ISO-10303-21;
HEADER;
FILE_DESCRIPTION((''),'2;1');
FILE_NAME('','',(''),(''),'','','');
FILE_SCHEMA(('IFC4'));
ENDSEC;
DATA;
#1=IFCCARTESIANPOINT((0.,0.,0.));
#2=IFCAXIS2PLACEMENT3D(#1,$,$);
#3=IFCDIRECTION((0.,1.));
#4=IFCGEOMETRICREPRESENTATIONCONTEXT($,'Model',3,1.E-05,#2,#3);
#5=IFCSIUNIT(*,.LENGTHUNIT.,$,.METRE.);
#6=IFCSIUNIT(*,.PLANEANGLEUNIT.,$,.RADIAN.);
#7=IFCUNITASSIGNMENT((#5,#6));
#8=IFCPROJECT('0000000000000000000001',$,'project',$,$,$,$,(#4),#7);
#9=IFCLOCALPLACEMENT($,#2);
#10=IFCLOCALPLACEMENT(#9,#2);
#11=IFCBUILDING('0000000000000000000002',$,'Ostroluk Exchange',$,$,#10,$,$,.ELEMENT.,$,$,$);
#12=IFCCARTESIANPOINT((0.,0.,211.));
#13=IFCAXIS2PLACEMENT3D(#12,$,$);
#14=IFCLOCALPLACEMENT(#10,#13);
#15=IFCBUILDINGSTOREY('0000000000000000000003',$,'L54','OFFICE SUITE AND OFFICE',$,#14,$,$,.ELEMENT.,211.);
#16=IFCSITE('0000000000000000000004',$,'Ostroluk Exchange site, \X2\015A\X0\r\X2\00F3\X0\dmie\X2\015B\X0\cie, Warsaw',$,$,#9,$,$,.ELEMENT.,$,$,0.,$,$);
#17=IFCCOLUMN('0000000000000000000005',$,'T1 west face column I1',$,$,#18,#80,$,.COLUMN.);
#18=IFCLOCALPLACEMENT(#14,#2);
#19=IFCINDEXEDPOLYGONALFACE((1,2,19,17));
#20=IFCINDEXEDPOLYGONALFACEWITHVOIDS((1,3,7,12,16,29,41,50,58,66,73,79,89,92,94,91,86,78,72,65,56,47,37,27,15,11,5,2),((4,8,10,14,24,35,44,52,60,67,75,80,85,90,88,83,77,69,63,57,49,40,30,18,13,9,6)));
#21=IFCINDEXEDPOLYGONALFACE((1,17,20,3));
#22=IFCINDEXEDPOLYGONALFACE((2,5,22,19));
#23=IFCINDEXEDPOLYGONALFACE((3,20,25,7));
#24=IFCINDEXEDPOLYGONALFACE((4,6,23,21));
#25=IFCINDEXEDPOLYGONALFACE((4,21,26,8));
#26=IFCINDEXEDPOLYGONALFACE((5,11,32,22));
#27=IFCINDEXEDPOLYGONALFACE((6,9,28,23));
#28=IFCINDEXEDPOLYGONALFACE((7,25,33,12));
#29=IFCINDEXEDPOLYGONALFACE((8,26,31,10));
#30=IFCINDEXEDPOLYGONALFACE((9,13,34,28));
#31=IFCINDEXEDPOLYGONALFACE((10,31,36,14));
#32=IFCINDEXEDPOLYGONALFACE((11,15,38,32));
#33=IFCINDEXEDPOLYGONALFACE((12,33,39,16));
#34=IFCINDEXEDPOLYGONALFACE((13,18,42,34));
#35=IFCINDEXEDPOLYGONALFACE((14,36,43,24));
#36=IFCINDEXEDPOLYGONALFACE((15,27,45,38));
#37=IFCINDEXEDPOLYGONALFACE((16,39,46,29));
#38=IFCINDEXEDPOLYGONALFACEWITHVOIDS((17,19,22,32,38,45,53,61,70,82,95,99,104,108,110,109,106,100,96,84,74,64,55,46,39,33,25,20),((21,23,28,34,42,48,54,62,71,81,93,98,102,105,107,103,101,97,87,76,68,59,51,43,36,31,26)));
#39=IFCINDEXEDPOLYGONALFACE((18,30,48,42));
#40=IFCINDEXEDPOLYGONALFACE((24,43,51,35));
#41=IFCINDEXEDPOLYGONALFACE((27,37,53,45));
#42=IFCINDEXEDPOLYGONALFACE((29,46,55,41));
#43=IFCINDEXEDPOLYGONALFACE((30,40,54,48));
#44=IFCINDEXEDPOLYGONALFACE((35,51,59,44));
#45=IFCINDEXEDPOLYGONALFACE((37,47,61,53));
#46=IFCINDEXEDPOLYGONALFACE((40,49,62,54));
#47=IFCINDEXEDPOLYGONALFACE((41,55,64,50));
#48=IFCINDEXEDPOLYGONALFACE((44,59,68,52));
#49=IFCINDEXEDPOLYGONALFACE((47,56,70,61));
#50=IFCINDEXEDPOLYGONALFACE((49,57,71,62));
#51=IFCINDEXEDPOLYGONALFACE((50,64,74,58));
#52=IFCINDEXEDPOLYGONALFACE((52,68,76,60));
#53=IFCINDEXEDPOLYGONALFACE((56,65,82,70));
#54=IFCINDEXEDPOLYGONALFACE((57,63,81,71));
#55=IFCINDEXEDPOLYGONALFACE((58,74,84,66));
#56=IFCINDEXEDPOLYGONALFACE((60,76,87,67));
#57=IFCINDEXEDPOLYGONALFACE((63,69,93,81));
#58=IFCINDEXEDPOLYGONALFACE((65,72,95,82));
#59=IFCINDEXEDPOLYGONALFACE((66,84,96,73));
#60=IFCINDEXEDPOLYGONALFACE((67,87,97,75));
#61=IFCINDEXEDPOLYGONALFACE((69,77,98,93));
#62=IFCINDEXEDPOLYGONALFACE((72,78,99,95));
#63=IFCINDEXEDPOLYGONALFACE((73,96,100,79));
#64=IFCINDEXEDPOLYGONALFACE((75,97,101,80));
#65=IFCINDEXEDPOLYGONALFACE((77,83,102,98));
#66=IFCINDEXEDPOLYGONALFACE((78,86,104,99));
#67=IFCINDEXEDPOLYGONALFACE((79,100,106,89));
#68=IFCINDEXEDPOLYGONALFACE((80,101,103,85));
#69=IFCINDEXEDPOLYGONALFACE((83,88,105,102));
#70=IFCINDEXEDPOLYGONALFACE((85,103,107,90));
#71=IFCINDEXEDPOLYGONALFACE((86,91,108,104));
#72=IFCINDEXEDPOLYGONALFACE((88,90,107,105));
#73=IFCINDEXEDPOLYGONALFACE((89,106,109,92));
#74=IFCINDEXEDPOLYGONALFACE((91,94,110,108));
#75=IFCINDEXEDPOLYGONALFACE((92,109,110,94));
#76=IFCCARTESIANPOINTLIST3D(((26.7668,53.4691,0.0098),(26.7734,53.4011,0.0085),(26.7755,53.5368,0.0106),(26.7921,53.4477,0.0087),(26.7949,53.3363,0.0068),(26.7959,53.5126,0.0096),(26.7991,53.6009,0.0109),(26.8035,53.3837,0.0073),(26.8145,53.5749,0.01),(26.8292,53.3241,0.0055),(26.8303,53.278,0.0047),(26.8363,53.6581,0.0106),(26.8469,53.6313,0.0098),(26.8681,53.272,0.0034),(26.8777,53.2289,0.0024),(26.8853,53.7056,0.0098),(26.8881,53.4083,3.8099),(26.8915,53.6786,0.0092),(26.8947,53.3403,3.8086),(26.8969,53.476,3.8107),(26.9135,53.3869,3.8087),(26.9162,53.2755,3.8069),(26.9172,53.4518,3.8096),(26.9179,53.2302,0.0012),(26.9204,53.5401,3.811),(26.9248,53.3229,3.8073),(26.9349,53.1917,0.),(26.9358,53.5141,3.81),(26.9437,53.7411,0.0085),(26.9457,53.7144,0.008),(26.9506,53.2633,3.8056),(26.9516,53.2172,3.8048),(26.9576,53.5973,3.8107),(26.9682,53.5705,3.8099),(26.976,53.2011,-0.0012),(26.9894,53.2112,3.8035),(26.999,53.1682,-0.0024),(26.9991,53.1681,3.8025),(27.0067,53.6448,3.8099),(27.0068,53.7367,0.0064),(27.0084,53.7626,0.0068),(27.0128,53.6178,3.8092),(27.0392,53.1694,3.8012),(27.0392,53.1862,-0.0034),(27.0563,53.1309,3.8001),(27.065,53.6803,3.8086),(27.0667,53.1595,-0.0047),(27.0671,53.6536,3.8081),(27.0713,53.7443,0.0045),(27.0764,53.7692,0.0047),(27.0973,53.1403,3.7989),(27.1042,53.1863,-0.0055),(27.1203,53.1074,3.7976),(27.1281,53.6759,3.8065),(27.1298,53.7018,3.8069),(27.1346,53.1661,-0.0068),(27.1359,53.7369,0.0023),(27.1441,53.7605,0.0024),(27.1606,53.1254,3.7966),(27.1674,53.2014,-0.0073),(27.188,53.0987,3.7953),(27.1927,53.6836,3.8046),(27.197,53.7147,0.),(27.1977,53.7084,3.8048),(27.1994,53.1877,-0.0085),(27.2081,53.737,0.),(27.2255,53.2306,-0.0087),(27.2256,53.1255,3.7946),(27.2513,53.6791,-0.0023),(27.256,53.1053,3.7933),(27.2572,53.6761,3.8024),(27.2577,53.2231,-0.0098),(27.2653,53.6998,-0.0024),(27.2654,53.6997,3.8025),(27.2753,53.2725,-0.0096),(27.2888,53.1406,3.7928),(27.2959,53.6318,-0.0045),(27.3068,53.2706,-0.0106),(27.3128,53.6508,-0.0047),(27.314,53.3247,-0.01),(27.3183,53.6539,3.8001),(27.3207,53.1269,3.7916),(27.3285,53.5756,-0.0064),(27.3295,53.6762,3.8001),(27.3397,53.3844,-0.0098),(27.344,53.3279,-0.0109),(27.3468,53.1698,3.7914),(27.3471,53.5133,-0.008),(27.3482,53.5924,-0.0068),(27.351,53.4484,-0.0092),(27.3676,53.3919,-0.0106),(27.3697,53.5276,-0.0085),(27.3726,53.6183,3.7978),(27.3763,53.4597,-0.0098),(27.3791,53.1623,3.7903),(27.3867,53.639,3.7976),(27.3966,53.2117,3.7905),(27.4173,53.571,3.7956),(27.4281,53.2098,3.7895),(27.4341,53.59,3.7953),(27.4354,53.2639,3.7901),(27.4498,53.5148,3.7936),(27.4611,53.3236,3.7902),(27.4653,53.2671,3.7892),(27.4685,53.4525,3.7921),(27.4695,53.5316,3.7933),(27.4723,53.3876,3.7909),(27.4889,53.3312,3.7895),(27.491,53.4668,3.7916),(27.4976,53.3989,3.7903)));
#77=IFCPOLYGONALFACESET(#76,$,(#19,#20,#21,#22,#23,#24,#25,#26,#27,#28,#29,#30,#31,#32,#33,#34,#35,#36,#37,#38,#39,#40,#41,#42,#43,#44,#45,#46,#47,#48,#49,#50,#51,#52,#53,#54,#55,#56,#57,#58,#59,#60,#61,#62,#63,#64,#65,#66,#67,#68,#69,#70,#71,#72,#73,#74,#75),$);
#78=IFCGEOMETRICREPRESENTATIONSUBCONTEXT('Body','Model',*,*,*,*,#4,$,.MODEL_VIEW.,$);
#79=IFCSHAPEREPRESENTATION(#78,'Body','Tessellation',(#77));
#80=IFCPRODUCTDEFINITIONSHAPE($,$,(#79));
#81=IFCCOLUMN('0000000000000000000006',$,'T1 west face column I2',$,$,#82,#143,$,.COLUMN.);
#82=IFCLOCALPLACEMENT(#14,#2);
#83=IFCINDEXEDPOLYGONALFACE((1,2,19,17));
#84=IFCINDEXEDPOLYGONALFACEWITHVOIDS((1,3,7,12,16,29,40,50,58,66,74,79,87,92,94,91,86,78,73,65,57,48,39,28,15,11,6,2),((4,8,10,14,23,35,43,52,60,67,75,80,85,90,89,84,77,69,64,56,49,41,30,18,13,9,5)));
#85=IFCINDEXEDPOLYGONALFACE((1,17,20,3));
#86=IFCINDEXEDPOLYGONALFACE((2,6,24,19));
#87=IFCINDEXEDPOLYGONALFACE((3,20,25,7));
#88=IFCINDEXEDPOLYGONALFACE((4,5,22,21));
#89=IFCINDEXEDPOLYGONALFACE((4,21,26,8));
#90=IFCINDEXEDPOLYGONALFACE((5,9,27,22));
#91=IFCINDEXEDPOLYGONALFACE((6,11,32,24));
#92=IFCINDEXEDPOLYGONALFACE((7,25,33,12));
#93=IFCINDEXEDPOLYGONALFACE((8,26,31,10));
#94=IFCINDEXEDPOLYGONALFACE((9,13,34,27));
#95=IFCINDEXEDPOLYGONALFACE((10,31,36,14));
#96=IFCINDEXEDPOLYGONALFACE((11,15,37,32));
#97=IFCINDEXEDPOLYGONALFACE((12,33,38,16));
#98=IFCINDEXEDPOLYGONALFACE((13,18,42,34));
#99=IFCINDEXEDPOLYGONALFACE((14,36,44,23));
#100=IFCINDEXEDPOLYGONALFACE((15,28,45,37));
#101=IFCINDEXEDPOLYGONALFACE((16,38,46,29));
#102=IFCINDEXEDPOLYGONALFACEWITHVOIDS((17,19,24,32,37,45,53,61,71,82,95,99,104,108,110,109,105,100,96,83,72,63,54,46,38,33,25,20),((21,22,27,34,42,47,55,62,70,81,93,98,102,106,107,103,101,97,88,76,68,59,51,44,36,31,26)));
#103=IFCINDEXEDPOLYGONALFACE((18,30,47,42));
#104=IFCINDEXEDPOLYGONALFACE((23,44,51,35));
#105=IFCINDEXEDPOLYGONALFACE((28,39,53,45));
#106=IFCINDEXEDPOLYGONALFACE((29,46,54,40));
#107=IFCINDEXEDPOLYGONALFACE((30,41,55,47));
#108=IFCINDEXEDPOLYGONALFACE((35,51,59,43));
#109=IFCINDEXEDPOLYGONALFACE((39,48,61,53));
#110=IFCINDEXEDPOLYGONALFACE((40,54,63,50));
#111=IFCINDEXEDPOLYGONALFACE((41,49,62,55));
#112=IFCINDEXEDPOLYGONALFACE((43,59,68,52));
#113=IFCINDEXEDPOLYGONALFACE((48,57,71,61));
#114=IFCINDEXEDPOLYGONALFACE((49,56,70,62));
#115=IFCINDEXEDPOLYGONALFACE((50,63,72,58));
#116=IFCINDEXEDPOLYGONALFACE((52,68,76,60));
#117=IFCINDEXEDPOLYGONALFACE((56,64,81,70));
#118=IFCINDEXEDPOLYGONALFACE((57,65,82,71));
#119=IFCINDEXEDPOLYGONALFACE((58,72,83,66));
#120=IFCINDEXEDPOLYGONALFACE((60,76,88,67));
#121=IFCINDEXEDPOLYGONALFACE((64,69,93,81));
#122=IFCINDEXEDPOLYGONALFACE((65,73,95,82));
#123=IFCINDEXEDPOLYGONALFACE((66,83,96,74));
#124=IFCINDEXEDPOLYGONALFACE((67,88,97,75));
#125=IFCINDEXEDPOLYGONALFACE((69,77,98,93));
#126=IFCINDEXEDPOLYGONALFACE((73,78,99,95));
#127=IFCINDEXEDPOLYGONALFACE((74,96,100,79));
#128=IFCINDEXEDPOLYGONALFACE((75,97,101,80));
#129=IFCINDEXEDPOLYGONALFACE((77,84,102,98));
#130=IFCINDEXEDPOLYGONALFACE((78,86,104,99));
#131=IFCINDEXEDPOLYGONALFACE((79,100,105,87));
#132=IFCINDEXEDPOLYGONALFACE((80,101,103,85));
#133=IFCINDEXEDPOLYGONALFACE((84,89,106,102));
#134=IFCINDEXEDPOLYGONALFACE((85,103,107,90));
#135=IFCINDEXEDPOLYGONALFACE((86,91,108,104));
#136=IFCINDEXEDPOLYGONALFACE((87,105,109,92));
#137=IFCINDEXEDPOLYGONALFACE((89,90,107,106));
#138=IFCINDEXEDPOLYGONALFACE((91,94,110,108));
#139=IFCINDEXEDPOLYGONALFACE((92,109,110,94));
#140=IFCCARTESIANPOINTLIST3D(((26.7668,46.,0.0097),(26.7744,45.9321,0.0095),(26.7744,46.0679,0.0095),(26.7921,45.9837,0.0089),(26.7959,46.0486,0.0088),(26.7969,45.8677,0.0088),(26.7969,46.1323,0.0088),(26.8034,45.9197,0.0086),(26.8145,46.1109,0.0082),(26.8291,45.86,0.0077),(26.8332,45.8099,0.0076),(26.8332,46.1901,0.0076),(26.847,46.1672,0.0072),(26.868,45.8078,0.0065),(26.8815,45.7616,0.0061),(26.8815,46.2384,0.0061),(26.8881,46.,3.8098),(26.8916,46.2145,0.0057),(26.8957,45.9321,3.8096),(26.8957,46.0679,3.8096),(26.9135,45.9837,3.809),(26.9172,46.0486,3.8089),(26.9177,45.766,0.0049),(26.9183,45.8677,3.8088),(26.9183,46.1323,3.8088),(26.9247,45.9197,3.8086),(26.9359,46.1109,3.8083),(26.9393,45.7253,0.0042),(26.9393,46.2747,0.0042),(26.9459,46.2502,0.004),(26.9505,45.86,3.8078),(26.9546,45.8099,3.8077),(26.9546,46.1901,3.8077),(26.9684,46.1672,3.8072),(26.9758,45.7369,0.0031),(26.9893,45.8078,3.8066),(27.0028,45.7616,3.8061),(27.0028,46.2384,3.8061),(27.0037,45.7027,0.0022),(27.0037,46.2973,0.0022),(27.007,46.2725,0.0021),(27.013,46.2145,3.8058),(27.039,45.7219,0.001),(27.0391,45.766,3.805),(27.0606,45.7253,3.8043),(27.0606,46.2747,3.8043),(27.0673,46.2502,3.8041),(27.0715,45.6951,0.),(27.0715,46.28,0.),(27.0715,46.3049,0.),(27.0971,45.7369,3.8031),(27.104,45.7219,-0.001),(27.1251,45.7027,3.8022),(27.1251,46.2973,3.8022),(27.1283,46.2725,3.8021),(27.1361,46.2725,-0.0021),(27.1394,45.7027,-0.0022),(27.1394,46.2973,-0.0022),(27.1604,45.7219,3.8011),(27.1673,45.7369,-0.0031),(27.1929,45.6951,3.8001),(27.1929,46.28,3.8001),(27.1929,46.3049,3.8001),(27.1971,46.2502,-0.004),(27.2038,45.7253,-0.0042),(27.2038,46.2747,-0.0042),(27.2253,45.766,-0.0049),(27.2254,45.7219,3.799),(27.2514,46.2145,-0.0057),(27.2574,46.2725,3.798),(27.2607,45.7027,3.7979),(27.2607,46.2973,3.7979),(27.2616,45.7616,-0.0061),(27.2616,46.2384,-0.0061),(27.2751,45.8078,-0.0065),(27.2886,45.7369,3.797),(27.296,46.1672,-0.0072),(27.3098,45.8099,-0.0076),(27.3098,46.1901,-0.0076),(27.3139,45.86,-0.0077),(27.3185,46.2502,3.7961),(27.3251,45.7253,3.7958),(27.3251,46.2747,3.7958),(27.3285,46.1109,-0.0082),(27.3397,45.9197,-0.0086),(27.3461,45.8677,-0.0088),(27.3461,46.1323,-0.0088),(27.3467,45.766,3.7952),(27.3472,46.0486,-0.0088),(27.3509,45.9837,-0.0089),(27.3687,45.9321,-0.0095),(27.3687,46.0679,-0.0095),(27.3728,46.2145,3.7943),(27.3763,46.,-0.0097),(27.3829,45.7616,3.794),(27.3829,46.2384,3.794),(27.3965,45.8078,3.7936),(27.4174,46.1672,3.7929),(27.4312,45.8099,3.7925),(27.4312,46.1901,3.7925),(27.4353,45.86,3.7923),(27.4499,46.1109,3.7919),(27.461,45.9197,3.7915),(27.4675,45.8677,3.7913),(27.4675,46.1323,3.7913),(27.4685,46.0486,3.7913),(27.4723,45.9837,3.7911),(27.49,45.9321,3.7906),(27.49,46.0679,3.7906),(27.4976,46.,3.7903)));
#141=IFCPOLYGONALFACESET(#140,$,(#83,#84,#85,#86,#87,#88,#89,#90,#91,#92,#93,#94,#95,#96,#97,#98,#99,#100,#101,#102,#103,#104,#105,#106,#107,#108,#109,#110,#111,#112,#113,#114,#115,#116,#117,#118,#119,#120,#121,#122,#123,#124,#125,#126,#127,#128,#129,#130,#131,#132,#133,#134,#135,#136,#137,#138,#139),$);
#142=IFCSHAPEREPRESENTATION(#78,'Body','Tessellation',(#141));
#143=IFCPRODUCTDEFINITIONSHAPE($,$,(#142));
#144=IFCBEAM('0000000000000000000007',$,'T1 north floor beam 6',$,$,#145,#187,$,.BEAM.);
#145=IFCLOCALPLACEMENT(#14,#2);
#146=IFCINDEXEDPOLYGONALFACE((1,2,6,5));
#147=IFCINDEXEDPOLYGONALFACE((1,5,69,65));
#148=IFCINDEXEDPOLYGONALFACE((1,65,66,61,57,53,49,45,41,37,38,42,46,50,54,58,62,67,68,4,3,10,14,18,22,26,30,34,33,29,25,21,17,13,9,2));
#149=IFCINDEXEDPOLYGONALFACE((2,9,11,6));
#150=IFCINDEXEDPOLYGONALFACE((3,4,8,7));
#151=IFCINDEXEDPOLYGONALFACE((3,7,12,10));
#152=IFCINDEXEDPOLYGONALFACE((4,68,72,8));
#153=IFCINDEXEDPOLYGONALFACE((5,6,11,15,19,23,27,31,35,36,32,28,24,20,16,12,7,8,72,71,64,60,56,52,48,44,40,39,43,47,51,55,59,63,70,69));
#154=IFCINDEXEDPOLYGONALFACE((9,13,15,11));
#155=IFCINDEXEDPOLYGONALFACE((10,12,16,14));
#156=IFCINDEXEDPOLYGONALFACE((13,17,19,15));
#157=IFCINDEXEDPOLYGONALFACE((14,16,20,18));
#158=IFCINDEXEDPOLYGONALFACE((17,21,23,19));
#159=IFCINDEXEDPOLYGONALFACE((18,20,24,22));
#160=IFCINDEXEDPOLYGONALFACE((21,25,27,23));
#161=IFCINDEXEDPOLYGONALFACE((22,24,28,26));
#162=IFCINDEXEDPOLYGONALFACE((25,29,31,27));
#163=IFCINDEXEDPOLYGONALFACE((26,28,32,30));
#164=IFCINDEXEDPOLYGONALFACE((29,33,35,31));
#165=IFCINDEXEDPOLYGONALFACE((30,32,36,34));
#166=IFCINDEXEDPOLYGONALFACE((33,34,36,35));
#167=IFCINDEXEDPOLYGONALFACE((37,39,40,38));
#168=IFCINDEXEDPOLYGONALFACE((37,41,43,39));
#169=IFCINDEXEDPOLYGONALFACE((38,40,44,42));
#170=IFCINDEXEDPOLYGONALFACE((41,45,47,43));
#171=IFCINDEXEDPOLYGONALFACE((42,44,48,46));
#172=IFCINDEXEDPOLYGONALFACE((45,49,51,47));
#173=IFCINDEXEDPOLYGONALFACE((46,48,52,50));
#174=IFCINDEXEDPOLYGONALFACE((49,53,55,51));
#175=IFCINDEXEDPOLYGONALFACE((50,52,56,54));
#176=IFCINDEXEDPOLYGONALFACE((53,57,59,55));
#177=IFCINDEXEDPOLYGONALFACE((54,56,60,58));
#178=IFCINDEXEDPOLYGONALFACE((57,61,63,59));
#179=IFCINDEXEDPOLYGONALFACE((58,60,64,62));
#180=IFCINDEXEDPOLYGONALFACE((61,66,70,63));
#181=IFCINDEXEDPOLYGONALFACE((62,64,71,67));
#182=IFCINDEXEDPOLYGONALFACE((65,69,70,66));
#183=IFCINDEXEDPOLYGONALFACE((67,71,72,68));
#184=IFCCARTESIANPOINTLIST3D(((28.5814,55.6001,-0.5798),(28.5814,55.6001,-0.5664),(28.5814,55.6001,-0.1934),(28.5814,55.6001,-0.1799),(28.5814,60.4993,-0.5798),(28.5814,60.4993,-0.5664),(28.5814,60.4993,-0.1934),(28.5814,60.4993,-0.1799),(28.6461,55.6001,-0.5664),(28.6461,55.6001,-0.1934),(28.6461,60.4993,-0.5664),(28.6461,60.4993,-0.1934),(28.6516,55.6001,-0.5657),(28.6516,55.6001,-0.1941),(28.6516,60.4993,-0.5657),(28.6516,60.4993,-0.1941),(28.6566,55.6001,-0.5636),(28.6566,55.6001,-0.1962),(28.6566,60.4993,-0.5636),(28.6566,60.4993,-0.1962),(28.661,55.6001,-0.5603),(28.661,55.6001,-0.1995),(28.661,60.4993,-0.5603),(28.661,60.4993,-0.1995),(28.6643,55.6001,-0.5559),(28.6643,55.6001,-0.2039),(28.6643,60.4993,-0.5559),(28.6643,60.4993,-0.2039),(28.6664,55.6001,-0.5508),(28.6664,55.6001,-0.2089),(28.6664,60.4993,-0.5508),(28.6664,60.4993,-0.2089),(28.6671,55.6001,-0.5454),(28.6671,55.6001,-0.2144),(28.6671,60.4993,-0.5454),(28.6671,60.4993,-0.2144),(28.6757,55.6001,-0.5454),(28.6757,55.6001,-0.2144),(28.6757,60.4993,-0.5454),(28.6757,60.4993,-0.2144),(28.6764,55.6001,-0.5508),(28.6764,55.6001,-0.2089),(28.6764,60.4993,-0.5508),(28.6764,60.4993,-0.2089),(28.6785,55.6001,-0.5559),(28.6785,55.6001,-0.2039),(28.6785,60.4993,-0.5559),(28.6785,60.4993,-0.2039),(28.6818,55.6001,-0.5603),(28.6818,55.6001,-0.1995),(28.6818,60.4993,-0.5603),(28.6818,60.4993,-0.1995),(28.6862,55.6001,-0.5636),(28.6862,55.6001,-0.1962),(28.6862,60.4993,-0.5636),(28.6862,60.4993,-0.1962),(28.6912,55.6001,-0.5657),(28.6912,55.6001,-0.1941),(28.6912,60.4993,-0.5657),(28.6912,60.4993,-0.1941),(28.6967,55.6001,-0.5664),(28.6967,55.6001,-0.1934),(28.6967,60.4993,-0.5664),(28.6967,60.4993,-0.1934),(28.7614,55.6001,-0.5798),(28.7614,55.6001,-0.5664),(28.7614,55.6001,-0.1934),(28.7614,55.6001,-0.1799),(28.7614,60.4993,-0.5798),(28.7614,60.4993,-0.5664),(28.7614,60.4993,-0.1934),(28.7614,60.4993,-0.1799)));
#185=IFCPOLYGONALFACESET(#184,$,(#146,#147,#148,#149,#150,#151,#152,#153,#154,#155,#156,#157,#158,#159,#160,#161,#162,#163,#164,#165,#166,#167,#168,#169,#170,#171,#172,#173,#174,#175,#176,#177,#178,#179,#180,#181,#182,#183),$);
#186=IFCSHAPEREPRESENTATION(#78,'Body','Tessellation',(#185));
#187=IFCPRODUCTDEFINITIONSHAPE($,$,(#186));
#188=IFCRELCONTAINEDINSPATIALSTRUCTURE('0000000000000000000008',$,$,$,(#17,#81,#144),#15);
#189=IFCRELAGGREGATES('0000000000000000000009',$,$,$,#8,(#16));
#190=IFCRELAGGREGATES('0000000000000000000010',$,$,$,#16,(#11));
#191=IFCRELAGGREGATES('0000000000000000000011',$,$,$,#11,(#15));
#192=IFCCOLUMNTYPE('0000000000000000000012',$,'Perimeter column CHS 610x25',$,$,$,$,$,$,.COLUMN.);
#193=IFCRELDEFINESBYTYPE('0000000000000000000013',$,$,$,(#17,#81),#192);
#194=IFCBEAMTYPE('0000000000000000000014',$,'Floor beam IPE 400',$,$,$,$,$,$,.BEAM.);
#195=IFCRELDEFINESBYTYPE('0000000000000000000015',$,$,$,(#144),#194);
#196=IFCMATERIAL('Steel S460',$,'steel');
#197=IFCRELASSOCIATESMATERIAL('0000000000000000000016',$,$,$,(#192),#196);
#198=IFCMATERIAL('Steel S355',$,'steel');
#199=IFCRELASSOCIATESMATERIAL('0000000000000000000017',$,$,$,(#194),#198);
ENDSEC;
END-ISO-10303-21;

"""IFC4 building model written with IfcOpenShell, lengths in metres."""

from ifc_helpers import new_model, si_unit, direction, frame, origin, origin_2d, place, context, subcontext, project, spatial, hollow_circle, i_section, extrude, material, material_profile, profile_set, type_object, element, save


model = new_model("IFC4")

# Units and contexts
model_context = context("Model", 3, precision=1e-05, world=origin(), true_north=direction((0.0, 1.0)))
body_context = subcontext(model_context, "Body", "Model", "MODEL_VIEW")
ifc_project = project(units=[si_unit("LENGTHUNIT", "METRE"), si_unit("PLANEANGLEUNIT", "RADIAN")], contexts=[model_context])

# Site, building, storey
site_placement = place(None, origin())
site = spatial("IfcSite", under=ifc_project, at=site_placement, Name="Ostroluk Exchange site, Śródmieście, Warsaw", CompositionType="ELEMENT", RefElevation=0.0)
building_placement = place(site_placement, origin())
building = spatial("IfcBuilding", under=site, at=building_placement, Name="Ostroluk Exchange", CompositionType="ELEMENT")
storey_placement = place(building_placement, frame((0.0, 0.0, 211.0)))
storey = spatial("IfcBuildingStorey", under=building, at=storey_placement, Name="L54", Description="OFFICE SUITE AND OFFICE", CompositionType="ELEMENT", Elevation=211.0)

# Columns
ifc_material_1 = material(Name="Steel S460", Category="steel")
ifc_material_profile_1 = material_profile(ifc_material_1, hollow_circle(Radius=0.3049, WallThickness=0.0249, at=origin_2d()), Name="CHS 610x25")
ifc_profile_set_1 = profile_set([ifc_material_profile_1], Name="Steel S460")
column_type = type_object("IfcColumnType", Name="Perimeter column CHS 610x25", PredefinedType="COLUMN", material=ifc_profile_set_1)
column_1_placement = place(storey_placement, frame((27.0715, 53.4644, 0.0), z_axis=(0.03191, -0.015987, 0.999363), x_axis=(0.447933, 0.894067, 0.0)))
element("IfcColumn", 1, at=column_1_placement, inside=storey, type_object=column_type, Name="T1 west face column I1", PredefinedType="COLUMN", context=body_context, shape_type="SweptSolid", body=[
    extrude(hollow_circle(Radius=0.3049, WallThickness=0.0249, at=origin_2d()), origin(), (0.0, 0.0, 1.0), 3.8025),
])
column_2_placement = place(storey_placement, frame((27.0715, 46.0, 0.0), z_axis=(0.031914, 0.0, 0.999491), x_axis=(0.0, 1.0, 0.0)))
element("IfcColumn", 2, at=column_2_placement, inside=storey, type_object=column_type, Name="T1 west face column I2", PredefinedType="COLUMN", context=body_context, shape_type="SweptSolid", body=[
    extrude(hollow_circle(Radius=0.3049, WallThickness=0.0249, at=origin_2d()), origin(), (0.0, 0.0, 1.0), 3.802),
])

# Beam
ifc_material_2 = material(Name="Steel S355", Category="steel")
ifc_material_profile_2 = material_profile(ifc_material_2, i_section(OverallWidth=0.1799, OverallDepth=0.3999, WebThickness=0.0085, FlangeThickness=0.0134, FilletRadius=0.021, at=origin_2d()), Name="IPE 400")
ifc_profile_set_2 = profile_set([ifc_material_profile_2], Name="Steel S355")
beam_type_1 = type_object("IfcBeamType", Name="Floor beam IPE 400", PredefinedType="BEAM", material=ifc_profile_set_2)
beam_placement = place(storey_placement, frame((28.6714, 55.6001, -0.3799), z_axis=(0.0, 1.0, 0.0), x_axis=(-1.0, 0.0, 0.0)))
element("IfcBeam", 3, at=beam_placement, inside=storey, type_object=beam_type_1, Name="T1 north floor beam 6", PredefinedType="BEAM", context=body_context, shape_type="SweptSolid", body=[
    extrude(i_section(OverallWidth=0.1799, OverallDepth=0.3999, WebThickness=0.0085, FlangeThickness=0.0134, FilletRadius=0.021, at=origin_2d()), origin(), (0.0, 0.0, 1.0), 4.8992),
])

save(model, "model.ifc")
